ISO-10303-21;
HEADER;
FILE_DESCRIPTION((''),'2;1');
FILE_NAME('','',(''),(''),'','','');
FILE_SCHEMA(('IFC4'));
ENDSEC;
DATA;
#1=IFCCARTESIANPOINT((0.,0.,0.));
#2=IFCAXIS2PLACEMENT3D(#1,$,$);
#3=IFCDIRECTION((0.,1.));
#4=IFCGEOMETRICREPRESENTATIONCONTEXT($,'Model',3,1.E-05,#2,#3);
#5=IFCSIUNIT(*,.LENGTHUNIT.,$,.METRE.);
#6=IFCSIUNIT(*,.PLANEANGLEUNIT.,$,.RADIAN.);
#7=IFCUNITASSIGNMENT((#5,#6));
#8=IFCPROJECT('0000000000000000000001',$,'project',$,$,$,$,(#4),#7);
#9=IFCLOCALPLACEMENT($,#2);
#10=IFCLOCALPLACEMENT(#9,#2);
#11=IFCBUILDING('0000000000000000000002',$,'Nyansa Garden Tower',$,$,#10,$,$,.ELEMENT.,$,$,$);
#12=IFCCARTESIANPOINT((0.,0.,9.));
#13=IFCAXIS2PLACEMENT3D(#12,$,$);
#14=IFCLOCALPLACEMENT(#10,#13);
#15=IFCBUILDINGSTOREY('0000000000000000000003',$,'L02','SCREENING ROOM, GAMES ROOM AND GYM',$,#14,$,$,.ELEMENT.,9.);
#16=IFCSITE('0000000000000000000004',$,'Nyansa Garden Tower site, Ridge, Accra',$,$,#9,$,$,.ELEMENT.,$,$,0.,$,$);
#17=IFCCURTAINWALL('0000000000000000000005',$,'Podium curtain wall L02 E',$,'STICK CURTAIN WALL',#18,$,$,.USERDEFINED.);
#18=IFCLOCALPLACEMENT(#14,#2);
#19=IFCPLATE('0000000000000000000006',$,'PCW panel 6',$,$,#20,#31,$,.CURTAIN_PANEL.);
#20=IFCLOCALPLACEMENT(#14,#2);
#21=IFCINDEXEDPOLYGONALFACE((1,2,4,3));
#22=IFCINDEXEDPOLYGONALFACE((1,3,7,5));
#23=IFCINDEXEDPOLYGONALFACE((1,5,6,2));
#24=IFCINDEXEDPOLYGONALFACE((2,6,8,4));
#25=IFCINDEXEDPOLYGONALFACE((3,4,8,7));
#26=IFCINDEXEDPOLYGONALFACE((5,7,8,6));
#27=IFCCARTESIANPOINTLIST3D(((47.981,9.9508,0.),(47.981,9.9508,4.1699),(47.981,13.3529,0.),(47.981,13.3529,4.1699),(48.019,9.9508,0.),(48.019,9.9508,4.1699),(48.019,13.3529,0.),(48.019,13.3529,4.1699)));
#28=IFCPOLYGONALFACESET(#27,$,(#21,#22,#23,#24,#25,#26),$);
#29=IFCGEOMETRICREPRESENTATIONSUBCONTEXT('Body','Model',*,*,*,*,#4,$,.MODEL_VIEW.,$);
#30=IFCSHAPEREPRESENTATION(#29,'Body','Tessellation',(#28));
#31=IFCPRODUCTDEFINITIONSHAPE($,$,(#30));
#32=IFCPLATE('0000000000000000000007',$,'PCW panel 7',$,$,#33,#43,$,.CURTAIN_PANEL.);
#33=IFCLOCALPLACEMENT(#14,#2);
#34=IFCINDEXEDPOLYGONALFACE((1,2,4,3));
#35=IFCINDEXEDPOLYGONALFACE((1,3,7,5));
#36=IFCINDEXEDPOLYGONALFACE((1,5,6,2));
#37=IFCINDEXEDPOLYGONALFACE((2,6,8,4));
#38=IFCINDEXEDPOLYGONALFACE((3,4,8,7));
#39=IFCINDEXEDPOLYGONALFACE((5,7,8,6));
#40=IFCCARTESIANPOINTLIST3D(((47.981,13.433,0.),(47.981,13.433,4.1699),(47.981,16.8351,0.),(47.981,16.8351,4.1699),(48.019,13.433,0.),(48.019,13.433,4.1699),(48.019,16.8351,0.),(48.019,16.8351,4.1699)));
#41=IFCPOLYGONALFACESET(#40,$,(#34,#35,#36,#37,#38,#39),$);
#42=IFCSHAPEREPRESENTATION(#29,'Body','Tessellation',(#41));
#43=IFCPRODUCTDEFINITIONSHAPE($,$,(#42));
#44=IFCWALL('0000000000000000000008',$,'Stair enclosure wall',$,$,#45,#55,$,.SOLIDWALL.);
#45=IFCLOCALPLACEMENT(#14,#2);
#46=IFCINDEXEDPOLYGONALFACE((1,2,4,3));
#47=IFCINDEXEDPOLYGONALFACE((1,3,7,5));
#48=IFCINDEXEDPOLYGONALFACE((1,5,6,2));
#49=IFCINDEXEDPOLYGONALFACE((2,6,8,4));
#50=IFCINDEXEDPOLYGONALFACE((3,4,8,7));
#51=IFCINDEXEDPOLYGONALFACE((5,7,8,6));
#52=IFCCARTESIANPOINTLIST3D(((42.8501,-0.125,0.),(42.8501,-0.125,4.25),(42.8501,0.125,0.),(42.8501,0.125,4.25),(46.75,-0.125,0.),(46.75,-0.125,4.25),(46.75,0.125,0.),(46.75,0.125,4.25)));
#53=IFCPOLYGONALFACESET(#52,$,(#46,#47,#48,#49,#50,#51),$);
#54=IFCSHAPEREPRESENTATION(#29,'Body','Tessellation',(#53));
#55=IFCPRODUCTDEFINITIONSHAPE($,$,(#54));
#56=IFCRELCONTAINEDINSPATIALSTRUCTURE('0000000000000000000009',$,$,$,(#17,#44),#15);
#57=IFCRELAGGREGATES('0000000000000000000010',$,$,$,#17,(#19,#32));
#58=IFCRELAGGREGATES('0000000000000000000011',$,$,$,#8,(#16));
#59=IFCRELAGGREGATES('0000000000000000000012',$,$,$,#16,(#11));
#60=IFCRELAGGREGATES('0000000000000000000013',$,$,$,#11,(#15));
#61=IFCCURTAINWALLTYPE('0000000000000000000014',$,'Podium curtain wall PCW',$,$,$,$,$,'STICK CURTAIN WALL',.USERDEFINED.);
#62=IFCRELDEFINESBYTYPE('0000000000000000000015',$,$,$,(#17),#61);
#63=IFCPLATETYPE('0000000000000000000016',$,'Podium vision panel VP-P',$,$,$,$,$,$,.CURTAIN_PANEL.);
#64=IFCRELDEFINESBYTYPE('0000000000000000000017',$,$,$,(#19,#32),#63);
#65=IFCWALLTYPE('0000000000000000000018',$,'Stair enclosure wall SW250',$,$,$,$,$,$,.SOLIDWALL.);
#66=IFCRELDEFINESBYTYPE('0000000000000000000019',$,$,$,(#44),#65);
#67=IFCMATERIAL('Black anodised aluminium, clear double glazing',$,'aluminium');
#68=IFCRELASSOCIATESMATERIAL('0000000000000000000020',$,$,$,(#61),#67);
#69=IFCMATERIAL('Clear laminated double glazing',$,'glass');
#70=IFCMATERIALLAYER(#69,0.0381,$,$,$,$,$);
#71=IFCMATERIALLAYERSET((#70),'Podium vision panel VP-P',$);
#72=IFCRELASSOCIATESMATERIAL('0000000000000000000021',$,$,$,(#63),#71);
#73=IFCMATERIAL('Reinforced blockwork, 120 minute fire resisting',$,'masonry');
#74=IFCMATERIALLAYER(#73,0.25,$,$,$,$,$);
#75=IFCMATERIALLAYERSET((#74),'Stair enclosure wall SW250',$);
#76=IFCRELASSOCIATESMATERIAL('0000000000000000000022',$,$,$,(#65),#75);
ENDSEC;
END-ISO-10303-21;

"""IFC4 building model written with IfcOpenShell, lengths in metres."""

from ifc_helpers import new_model, si_unit, direction, frame, frame_2d, origin, origin_2d, place, context, subcontext, project, spatial, rectangle, extrude, material, layer, layer_set, type_object, element, aggregate, save


model = new_model("IFC4")

# Units and contexts
model_context = context("Model", 3, precision=1e-05, world=origin(), true_north=direction((0.0, 1.0)))
body_context = subcontext(model_context, "Body", "Model", "MODEL_VIEW")
ifc_project = project(units=[si_unit("LENGTHUNIT", "METRE"), si_unit("PLANEANGLEUNIT", "RADIAN")], contexts=[model_context])

# Site, building, storey
site_placement = place(None, origin())
site = spatial("IfcSite", under=ifc_project, at=site_placement, Name="Nyansa Garden Tower site, Ridge, Accra", CompositionType="ELEMENT", RefElevation=0.0)
building_placement = place(site_placement, origin())
building = spatial("IfcBuilding", under=site, at=building_placement, Name="Nyansa Garden Tower", CompositionType="ELEMENT")
storey_placement = place(building_placement, frame((0.0, 0.0, 9.0)))
storey = spatial("IfcBuildingStorey", under=building, at=storey_placement, Name="L02", Description="SCREENING ROOM, GAMES ROOM AND GYM", CompositionType="ELEMENT", Elevation=9.0)

# Curtain wall
ifc_material_1 = material(Name="Black anodised aluminium, clear double glazing", Category="aluminium")
curtain_wall_type = type_object("IfcCurtainWallType", Name="Podium curtain wall PCW", ElementType="STICK CURTAIN WALL", PredefinedType="USERDEFINED", material=ifc_material_1)
curtain_wall_placement = place(storey_placement, origin())
curtain_wall = element("IfcCurtainWall", 1, at=curtain_wall_placement, inside=storey, type_object=curtain_wall_type, Name="Podium curtain wall L02 E", ObjectType="STICK CURTAIN WALL", PredefinedType="USERDEFINED")

# Plates
ifc_material_2 = material(Name="Clear laminated double glazing", Category="glass")
ifc_layer_1 = layer(ifc_material_2, 0.0381)
ifc_layer_set_1 = layer_set([ifc_layer_1], Name="Podium vision panel VP-P")
plate_type = type_object("IfcPlateType", Name="Podium vision panel VP-P", PredefinedType="CURTAIN_PANEL", material=ifc_layer_set_1)
plate_1_placement = place(storey_placement, frame((48.0, 11.6519, 0.0), z_axis=(0.0, 0.0, 1.0), x_axis=(0.0, 1.0, 0.0)))
plate_1 = element("IfcPlate", 2, at=plate_1_placement, type_object=plate_type, Name="PCW panel 6", PredefinedType="CURTAIN_PANEL", context=body_context, shape_type="SweptSolid", body=[
    extrude(rectangle(XDim=3.4021, YDim=0.0381, at=origin_2d()), origin(), (0.0, 0.0, 1.0), 4.1699),
])
plate_2_placement = place(storey_placement, frame((48.0, 15.134, 0.0), z_axis=(0.0, 0.0, 1.0), x_axis=(0.0, 1.0, 0.0)))
plate_2 = element("IfcPlate", 3, at=plate_2_placement, type_object=plate_type, Name="PCW panel 7", PredefinedType="CURTAIN_PANEL", context=body_context, shape_type="SweptSolid", body=[
    extrude(rectangle(XDim=3.4021, YDim=0.0381, at=origin_2d()), origin(), (0.0, 0.0, 1.0), 4.1699),
])
aggregate(curtain_wall, [plate_1, plate_2])

# Wall
ifc_material_3 = material(Name="Reinforced blockwork, 120 minute fire resisting", Category="masonry")
ifc_layer_2 = layer(ifc_material_3, 0.25)
ifc_layer_set_2 = layer_set([ifc_layer_2], Name="Stair enclosure wall SW250")
wall_type = type_object("IfcWallType", Name="Stair enclosure wall SW250", PredefinedType="SOLIDWALL", material=ifc_layer_set_2)
wall_placement = place(storey_placement, frame((42.8501, 0.0, 0.0), z_axis=(0.0, 0.0, 1.0), x_axis=(1.0, 0.0, 0.0)))
element("IfcWall", 4, at=wall_placement, inside=storey, type_object=wall_type, Name="Stair enclosure wall", PredefinedType="SOLIDWALL", context=body_context, shape_type="SweptSolid", body=[
    extrude(rectangle(XDim=3.8999, YDim=0.25, at=frame_2d((1.95, 0.0))), origin(), (0.0, 0.0, 1.0), 4.25),
])

save(model, "model.ifc")
